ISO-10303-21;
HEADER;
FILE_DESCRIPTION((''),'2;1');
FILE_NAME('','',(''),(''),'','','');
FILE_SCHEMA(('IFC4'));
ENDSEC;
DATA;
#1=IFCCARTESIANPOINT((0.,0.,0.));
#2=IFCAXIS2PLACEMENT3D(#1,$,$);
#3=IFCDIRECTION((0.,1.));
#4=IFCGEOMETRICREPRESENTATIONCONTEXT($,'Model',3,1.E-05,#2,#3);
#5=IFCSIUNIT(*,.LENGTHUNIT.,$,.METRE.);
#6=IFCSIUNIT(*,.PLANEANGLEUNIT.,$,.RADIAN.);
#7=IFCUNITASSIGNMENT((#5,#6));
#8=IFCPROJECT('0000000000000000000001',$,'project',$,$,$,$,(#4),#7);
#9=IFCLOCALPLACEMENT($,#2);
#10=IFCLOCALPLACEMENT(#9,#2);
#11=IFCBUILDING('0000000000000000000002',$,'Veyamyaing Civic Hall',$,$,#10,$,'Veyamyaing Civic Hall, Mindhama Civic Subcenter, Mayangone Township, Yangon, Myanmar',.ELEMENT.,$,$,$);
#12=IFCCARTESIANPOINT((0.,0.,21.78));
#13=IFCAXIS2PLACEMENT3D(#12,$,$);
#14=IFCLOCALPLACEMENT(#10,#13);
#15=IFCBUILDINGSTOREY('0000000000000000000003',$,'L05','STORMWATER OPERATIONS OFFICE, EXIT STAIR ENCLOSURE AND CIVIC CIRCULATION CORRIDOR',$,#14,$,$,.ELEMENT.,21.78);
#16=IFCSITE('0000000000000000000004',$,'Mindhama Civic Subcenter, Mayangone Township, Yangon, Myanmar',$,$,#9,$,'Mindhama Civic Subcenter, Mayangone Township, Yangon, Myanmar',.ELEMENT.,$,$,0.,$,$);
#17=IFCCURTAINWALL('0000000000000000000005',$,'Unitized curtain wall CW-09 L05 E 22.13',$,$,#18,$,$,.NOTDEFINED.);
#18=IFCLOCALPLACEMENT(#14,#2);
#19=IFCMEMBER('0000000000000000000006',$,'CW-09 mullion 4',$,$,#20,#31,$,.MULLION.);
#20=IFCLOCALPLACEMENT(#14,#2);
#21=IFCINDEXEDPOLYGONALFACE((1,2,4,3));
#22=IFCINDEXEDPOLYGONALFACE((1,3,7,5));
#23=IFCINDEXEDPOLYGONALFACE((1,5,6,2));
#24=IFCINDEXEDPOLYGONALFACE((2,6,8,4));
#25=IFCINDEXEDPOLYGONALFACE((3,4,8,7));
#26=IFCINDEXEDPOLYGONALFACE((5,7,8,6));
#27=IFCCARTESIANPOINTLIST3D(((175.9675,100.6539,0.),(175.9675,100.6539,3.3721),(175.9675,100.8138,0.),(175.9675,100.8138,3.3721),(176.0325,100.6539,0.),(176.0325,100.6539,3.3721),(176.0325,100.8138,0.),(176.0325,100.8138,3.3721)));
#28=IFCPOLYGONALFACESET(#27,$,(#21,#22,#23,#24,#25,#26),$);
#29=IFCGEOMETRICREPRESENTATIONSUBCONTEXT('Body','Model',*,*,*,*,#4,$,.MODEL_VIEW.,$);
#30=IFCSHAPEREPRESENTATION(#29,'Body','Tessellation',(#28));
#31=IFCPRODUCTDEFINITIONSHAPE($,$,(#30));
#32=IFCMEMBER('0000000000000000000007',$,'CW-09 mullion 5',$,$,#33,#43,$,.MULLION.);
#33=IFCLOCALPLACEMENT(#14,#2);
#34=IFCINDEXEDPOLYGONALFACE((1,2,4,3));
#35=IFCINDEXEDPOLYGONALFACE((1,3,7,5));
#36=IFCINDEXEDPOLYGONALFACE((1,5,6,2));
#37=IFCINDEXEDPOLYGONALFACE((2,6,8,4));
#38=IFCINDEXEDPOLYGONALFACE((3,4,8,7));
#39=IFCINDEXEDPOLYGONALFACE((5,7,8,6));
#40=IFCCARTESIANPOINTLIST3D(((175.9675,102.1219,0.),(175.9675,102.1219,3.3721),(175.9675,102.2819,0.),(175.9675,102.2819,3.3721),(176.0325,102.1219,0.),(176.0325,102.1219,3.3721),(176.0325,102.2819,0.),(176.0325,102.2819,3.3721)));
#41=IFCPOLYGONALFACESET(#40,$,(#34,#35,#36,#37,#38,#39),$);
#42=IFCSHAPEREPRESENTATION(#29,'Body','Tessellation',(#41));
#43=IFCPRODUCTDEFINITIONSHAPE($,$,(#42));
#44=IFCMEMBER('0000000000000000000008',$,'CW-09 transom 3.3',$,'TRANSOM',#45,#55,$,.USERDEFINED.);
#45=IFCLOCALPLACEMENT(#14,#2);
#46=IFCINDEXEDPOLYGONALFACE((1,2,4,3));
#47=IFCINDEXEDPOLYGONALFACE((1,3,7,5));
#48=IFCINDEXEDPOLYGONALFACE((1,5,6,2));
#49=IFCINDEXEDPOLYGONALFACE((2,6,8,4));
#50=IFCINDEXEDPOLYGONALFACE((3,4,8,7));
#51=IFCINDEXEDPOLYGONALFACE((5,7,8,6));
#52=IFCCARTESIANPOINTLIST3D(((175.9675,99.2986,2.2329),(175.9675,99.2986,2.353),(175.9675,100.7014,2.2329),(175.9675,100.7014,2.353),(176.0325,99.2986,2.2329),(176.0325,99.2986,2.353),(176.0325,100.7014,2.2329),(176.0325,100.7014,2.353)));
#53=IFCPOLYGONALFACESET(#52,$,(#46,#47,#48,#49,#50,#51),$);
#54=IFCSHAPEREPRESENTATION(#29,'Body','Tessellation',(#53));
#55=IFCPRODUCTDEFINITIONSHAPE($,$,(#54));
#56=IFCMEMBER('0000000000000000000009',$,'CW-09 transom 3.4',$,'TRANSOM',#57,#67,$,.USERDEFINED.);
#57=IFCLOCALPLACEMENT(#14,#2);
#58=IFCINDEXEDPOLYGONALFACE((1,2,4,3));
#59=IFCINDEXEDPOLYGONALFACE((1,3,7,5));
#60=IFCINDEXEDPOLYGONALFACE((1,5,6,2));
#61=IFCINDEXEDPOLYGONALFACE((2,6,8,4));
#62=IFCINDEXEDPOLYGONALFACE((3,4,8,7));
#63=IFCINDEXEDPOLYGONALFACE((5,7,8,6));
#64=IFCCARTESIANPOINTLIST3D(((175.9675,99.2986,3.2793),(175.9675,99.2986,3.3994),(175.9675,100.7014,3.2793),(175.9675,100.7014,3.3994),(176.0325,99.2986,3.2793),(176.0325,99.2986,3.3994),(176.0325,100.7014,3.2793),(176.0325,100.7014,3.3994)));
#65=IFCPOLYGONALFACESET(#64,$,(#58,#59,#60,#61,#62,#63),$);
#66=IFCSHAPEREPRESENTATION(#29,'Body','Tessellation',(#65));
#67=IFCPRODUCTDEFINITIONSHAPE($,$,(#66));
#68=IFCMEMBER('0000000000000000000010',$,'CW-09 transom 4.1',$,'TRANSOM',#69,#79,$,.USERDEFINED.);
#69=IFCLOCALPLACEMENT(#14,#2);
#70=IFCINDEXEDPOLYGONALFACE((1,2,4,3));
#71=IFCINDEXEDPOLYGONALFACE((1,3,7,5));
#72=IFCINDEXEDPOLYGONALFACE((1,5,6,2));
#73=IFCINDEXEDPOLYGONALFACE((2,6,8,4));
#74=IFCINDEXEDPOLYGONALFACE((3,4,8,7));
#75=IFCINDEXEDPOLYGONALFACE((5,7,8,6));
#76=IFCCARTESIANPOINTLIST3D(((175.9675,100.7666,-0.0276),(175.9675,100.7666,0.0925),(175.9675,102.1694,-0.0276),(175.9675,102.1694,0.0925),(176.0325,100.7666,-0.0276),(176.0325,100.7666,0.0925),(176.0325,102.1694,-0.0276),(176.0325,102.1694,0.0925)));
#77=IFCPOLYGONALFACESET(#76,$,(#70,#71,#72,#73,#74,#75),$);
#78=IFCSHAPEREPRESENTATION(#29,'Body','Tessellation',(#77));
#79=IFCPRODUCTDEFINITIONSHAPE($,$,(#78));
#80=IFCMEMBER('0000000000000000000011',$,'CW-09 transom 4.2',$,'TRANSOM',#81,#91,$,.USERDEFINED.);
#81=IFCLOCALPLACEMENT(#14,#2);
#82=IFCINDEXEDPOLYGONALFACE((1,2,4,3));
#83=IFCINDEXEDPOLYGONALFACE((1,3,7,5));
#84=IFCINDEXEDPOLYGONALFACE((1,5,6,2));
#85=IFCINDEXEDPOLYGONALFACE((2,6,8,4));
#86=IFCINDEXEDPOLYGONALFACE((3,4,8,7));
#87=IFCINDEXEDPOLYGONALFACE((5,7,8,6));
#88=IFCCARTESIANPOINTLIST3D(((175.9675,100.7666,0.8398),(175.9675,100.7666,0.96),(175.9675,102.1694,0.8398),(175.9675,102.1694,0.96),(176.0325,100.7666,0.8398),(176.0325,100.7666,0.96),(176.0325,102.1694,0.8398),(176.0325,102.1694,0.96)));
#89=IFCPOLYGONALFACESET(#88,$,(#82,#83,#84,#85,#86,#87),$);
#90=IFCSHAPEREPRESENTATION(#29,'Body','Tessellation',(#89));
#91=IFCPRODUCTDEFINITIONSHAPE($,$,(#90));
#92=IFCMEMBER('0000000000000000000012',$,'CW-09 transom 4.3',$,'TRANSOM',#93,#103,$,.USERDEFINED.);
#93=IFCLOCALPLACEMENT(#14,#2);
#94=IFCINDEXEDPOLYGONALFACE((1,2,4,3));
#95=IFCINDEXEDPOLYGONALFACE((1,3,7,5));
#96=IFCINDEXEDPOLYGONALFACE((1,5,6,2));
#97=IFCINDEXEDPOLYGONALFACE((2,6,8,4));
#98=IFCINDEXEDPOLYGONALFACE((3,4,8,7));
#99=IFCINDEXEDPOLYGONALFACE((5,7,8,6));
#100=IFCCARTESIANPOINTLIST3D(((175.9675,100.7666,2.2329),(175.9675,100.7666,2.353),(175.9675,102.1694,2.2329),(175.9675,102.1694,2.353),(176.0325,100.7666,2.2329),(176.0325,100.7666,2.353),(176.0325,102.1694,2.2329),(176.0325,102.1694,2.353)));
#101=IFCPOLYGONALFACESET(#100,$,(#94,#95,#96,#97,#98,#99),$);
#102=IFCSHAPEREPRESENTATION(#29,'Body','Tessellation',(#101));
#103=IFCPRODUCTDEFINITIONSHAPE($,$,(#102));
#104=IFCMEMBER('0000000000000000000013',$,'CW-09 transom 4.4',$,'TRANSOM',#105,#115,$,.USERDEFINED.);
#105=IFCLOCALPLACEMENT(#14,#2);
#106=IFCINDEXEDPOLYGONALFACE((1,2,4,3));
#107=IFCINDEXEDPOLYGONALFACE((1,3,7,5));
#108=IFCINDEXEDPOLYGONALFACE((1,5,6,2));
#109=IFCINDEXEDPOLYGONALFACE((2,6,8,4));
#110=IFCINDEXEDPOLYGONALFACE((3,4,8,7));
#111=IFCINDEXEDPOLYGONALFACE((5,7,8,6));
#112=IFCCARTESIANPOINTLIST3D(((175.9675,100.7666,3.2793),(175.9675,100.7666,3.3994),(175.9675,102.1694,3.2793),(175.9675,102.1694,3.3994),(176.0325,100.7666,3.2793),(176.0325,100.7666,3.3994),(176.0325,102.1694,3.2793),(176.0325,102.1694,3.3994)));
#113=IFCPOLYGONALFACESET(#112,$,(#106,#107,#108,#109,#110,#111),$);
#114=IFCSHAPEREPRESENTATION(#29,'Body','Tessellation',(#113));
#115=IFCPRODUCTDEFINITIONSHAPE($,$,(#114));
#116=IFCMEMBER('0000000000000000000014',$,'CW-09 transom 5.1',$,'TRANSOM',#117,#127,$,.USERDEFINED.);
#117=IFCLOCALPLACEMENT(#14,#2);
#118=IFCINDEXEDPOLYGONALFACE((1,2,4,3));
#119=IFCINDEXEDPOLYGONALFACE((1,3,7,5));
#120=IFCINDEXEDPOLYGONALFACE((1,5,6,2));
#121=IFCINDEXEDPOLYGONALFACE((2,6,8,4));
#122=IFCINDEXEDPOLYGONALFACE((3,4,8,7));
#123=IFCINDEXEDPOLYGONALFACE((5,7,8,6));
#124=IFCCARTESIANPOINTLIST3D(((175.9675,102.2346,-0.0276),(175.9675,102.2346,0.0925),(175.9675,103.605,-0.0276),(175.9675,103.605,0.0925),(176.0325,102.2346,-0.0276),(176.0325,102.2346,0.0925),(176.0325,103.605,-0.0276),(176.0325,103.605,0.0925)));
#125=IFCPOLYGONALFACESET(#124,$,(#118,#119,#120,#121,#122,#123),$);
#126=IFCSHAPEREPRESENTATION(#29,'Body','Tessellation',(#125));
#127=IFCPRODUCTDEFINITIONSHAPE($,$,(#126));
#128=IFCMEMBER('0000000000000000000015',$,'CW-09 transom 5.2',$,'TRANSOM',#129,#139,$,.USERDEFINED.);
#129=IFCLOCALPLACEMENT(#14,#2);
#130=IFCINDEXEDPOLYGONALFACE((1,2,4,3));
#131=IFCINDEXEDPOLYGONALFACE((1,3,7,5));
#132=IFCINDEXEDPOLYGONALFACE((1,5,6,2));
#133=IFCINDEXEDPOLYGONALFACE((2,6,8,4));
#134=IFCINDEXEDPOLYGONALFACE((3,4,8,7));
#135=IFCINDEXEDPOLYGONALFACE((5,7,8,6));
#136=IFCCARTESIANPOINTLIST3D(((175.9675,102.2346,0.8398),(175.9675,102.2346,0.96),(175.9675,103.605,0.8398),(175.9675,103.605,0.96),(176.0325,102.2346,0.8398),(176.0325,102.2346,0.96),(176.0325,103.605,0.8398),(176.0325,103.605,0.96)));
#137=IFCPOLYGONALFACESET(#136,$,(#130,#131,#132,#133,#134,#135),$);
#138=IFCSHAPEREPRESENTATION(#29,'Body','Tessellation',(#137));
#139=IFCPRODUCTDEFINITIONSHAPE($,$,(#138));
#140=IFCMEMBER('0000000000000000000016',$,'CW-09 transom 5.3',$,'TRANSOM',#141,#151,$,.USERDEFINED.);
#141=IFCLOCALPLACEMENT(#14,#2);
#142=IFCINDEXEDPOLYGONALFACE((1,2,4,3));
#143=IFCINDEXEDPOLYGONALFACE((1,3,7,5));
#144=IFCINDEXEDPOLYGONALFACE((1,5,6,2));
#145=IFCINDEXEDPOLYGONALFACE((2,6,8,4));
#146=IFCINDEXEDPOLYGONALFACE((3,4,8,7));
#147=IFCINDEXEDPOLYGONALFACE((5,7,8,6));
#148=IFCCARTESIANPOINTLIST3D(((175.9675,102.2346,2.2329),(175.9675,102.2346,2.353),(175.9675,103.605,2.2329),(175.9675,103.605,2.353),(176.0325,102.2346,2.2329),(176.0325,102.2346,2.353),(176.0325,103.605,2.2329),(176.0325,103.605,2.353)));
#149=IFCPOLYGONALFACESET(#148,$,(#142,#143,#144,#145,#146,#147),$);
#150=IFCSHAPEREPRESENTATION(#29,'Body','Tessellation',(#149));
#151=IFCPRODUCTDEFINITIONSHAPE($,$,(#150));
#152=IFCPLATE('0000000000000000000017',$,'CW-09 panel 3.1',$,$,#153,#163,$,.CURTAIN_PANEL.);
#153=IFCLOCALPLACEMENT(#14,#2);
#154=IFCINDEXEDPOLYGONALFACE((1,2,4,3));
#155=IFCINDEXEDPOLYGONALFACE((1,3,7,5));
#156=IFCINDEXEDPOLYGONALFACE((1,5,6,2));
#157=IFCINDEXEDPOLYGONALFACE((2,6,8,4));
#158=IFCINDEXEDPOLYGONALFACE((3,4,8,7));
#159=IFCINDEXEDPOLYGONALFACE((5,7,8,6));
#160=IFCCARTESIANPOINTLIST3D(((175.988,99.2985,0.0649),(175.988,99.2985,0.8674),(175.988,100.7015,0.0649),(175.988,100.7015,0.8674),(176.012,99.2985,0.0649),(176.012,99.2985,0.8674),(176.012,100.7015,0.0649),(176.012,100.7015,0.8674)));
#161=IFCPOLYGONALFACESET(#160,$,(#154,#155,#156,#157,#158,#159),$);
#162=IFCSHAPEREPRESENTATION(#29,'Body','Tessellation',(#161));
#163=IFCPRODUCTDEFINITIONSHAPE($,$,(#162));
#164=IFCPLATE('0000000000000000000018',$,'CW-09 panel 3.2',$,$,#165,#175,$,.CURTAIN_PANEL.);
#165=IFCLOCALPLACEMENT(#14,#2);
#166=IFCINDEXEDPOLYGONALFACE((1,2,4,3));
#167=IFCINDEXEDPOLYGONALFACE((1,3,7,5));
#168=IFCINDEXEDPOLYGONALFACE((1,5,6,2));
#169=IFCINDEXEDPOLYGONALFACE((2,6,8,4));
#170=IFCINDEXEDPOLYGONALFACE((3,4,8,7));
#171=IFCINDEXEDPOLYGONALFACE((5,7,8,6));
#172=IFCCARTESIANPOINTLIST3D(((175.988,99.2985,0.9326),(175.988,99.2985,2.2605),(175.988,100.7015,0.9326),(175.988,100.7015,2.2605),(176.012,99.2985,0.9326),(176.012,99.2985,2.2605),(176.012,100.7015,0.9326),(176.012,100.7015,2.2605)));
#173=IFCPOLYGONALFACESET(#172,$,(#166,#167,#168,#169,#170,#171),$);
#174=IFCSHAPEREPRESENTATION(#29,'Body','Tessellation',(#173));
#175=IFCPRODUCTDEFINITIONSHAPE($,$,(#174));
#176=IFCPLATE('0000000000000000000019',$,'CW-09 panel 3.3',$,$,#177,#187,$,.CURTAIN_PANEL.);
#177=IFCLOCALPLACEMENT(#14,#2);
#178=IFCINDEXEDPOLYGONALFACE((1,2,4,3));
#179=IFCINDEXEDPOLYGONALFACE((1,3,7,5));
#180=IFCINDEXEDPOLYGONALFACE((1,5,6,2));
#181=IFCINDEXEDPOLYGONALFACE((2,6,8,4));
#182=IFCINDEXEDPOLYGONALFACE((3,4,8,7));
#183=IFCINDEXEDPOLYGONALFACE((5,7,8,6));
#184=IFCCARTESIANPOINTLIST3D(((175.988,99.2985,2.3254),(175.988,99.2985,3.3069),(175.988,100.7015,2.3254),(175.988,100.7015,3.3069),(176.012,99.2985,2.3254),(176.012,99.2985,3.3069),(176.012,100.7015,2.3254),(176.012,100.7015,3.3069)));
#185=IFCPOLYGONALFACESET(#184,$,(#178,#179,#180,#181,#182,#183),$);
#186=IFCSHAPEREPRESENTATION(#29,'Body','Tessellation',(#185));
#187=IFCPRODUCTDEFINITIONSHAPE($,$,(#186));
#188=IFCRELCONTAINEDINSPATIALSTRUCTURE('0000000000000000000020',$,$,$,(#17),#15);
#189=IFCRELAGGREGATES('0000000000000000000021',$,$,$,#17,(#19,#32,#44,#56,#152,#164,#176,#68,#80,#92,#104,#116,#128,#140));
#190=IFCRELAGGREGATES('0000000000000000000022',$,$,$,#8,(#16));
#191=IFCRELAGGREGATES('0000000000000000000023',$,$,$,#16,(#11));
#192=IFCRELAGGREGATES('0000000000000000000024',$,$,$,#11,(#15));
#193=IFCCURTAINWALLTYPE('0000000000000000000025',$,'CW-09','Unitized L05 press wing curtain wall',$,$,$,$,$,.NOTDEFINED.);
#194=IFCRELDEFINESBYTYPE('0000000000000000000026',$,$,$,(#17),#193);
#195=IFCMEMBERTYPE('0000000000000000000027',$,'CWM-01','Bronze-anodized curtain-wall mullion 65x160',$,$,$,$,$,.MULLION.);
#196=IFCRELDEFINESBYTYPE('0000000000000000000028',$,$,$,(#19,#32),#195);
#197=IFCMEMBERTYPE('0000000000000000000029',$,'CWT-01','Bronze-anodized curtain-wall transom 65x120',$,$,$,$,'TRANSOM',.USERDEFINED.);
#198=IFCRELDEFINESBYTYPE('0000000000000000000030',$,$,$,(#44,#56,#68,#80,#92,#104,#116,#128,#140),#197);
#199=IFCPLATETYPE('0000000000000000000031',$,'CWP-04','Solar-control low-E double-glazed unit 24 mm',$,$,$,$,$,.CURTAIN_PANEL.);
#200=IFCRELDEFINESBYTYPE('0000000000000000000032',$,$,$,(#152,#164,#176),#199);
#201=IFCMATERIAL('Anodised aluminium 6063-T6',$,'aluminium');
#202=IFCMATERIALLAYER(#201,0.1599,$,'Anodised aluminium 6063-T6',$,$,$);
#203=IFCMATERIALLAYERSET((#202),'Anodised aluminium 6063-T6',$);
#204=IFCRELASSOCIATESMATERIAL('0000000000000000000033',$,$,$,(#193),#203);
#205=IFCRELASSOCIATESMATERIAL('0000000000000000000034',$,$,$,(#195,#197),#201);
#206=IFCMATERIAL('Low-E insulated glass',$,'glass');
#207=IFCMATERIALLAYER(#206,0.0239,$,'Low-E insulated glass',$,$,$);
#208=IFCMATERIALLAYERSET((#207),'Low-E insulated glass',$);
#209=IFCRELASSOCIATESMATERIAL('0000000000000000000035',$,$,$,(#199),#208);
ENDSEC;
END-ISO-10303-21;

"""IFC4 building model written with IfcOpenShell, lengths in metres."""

from ifc_helpers import new_model, si_unit, direction, frame, origin, origin_2d, place, context, subcontext, project, spatial, rectangle, extrude, material, layer, layer_set, material_profile, profile_set, type_object, element, aggregate, save


model = new_model("IFC4")

# Units and contexts
model_context = context("Model", 3, precision=1e-05, world=origin(), true_north=direction((0.0, 1.0)))
body_context = subcontext(model_context, "Body", "Model", "MODEL_VIEW")
ifc_project = project(units=[si_unit("LENGTHUNIT", "METRE"), si_unit("PLANEANGLEUNIT", "RADIAN")], contexts=[model_context])

# Site, building, storey
site_placement = place(None, origin())
site = spatial("IfcSite", under=ifc_project, at=site_placement, Name="Mindhama Civic Subcenter, Mayangone Township, Yangon, Myanmar", LongName="Mindhama Civic Subcenter, Mayangone Township, Yangon, Myanmar", CompositionType="ELEMENT", RefElevation=0.0)
building_placement = place(site_placement, origin())
building = spatial("IfcBuilding", under=site, at=building_placement, Name="Veyamyaing Civic Hall", LongName="Veyamyaing Civic Hall, Mindhama Civic Subcenter, Mayangone Township, Yangon, Myanmar", CompositionType="ELEMENT")
storey_placement = place(building_placement, frame((0.0, 0.0, 21.78)))
storey = spatial("IfcBuildingStorey", under=building, at=storey_placement, Name="L05", Description="STORMWATER OPERATIONS OFFICE, EXIT STAIR ENCLOSURE AND CIVIC CIRCULATION CORRIDOR", CompositionType="ELEMENT", Elevation=21.78)

# Curtain wall, members, plates
ifc_material_1 = material(Name="Anodised aluminium 6063-T6", Category="aluminium")
ifc_layer_1 = layer(ifc_material_1, 0.1599, Name="Anodised aluminium 6063-T6")
ifc_layer_set_1 = layer_set([ifc_layer_1], Name="Anodised aluminium 6063-T6")
curtain_wall_type = type_object("IfcCurtainWallType", Name="CW-09", Description="Unitized L05 press wing curtain wall", PredefinedType="NOTDEFINED", material=ifc_layer_set_1)
curtain_wall_placement = place(storey_placement, origin())
curtain_wall = element("IfcCurtainWall", 1, at=curtain_wall_placement, inside=storey, type_object=curtain_wall_type, Name="Unitized curtain wall CW-09 L05 E 22.13", PredefinedType="NOTDEFINED")
ifc_material_profile_1 = material_profile(ifc_material_1, rectangle(XDim=0.0649, YDim=0.1599, at=origin_2d()), Name="ALU-MUL-65X160")
ifc_profile_set_1 = profile_set([ifc_material_profile_1], Name="Anodised aluminium 6063-T6")
member_type_1 = type_object("IfcMemberType", Name="CWM-01", Description="Bronze-anodized curtain-wall mullion 65x160", PredefinedType="MULLION", material=ifc_profile_set_1)
member_1_placement = place(storey_placement, frame((176.0, 100.7339, 0.0), z_axis=(0.0, 0.0, 1.0), x_axis=(-1.0, 0.0, 0.0)))
member_1 = element("IfcMember", 2, at=member_1_placement, type_object=member_type_1, Name="CW-09 mullion 4", PredefinedType="MULLION", context=body_context, shape_type="SweptSolid", body=[
    extrude(rectangle(XDim=0.0649, YDim=0.1599, at=origin_2d()), origin(), (0.0, 0.0, 1.0), 3.3721),
])
member_2_placement = place(storey_placement, frame((176.0, 102.2019, 0.0), z_axis=(0.0, 0.0, 1.0), x_axis=(-1.0, 0.0, 0.0)))
member_2 = element("IfcMember", 3, at=member_2_placement, type_object=member_type_1, Name="CW-09 mullion 5", PredefinedType="MULLION", context=body_context, shape_type="SweptSolid", body=[
    extrude(rectangle(XDim=0.0649, YDim=0.1599, at=origin_2d()), origin(), (0.0, 0.0, 1.0), 3.3721),
])
ifc_material_profile_2 = material_profile(ifc_material_1, rectangle(XDim=0.0649, YDim=0.1201, at=origin_2d()), Name="ALU-TRN-65X120")
ifc_profile_set_2 = profile_set([ifc_material_profile_2], Name="Anodised aluminium 6063-T6")
member_type_2 = type_object("IfcMemberType", Name="CWT-01", Description="Bronze-anodized curtain-wall transom 65x120", ElementType="TRANSOM", PredefinedType="USERDEFINED", material=ifc_profile_set_2)
member_3_placement = place(storey_placement, frame((176.0, 99.2986, 2.293), z_axis=(0.0, 1.0, 0.0), x_axis=(-1.0, 0.0, 0.0)))
member_3 = element("IfcMember", 4, at=member_3_placement, type_object=member_type_2, Name="CW-09 transom 3.3", ObjectType="TRANSOM", PredefinedType="USERDEFINED", context=body_context, shape_type="SweptSolid", body=[
    extrude(rectangle(XDim=0.0649, YDim=0.1201, at=origin_2d()), origin(), (0.0, 0.0, 1.0), 1.4028),
])
member_4_placement = place(storey_placement, frame((176.0, 99.2986, 3.3394), z_axis=(0.0, 1.0, 0.0), x_axis=(-1.0, 0.0, 0.0)))
member_4 = element("IfcMember", 5, at=member_4_placement, type_object=member_type_2, Name="CW-09 transom 3.4", ObjectType="TRANSOM", PredefinedType="USERDEFINED", context=body_context, shape_type="SweptSolid", body=[
    extrude(rectangle(XDim=0.0649, YDim=0.1201, at=origin_2d()), origin(), (0.0, 0.0, 1.0), 1.4028),
])
member_5_placement = place(storey_placement, frame((176.0, 100.7666, 0.0325), z_axis=(0.0, 1.0, 0.0), x_axis=(-1.0, 0.0, 0.0)))
member_5 = element("IfcMember", 6, at=member_5_placement, type_object=member_type_2, Name="CW-09 transom 4.1", ObjectType="TRANSOM", PredefinedType="USERDEFINED", context=body_context, shape_type="SweptSolid", body=[
    extrude(rectangle(XDim=0.0649, YDim=0.1201, at=origin_2d()), origin(), (0.0, 0.0, 1.0), 1.4028),
])
member_6_placement = place(storey_placement, frame((176.0, 100.7666, 0.8999), z_axis=(0.0, 1.0, 0.0), x_axis=(-1.0, 0.0, 0.0)))
member_6 = element("IfcMember", 7, at=member_6_placement, type_object=member_type_2, Name="CW-09 transom 4.2", ObjectType="TRANSOM", PredefinedType="USERDEFINED", context=body_context, shape_type="SweptSolid", body=[
    extrude(rectangle(XDim=0.0649, YDim=0.1201, at=origin_2d()), origin(), (0.0, 0.0, 1.0), 1.4028),
])
member_7_placement = place(storey_placement, frame((176.0, 100.7666, 2.293), z_axis=(0.0, 1.0, 0.0), x_axis=(-1.0, 0.0, 0.0)))
member_7 = element("IfcMember", 8, at=member_7_placement, type_object=member_type_2, Name="CW-09 transom 4.3", ObjectType="TRANSOM", PredefinedType="USERDEFINED", context=body_context, shape_type="SweptSolid", body=[
    extrude(rectangle(XDim=0.0649, YDim=0.1201, at=origin_2d()), origin(), (0.0, 0.0, 1.0), 1.4028),
])
member_8_placement = place(storey_placement, frame((176.0, 100.7666, 3.3394), z_axis=(0.0, 1.0, 0.0), x_axis=(-1.0, 0.0, 0.0)))
member_8 = element("IfcMember", 9, at=member_8_placement, type_object=member_type_2, Name="CW-09 transom 4.4", ObjectType="TRANSOM", PredefinedType="USERDEFINED", context=body_context, shape_type="SweptSolid", body=[
    extrude(rectangle(XDim=0.0649, YDim=0.1201, at=origin_2d()), origin(), (0.0, 0.0, 1.0), 1.4028),
])
member_9_placement = place(storey_placement, frame((176.0, 102.2346, 0.0325), z_axis=(0.0, 1.0, 0.0), x_axis=(-1.0, 0.0, 0.0)))
member_9 = element("IfcMember", 10, at=member_9_placement, type_object=member_type_2, Name="CW-09 transom 5.1", ObjectType="TRANSOM", PredefinedType="USERDEFINED", context=body_context, shape_type="SweptSolid", body=[
    extrude(rectangle(XDim=0.0649, YDim=0.1201, at=origin_2d()), origin(), (0.0, 0.0, 1.0), 1.3704),
])
member_10_placement = place(storey_placement, frame((176.0, 102.2346, 0.8999), z_axis=(0.0, 1.0, 0.0), x_axis=(-1.0, 0.0, 0.0)))
member_10 = element("IfcMember", 11, at=member_10_placement, type_object=member_type_2, Name="CW-09 transom 5.2", ObjectType="TRANSOM", PredefinedType="USERDEFINED", context=body_context, shape_type="SweptSolid", body=[
    extrude(rectangle(XDim=0.0649, YDim=0.1201, at=origin_2d()), origin(), (0.0, 0.0, 1.0), 1.3704),
])
member_11_placement = place(storey_placement, frame((176.0, 102.2346, 2.293), z_axis=(0.0, 1.0, 0.0), x_axis=(-1.0, 0.0, 0.0)))
member_11 = element("IfcMember", 12, at=member_11_placement, type_object=member_type_2, Name="CW-09 transom 5.3", ObjectType="TRANSOM", PredefinedType="USERDEFINED", context=body_context, shape_type="SweptSolid", body=[
    extrude(rectangle(XDim=0.0649, YDim=0.1201, at=origin_2d()), origin(), (0.0, 0.0, 1.0), 1.3704),
])
ifc_material_2 = material(Name="Low-E insulated glass", Category="glass")
ifc_layer_2 = layer(ifc_material_2, 0.0239, Name="Low-E insulated glass")
ifc_layer_set_2 = layer_set([ifc_layer_2], Name="Low-E insulated glass")
plate_type = type_object("IfcPlateType", Name="CWP-04", Description="Solar-control low-E double-glazed unit 24 mm", PredefinedType="CURTAIN_PANEL", material=ifc_layer_set_2)
plate_1_placement = place(storey_placement, frame((176.0, 100.0, 0.0649), z_axis=(0.0, 0.0, 1.0), x_axis=(0.0, 1.0, 0.0)))
plate_1 = element("IfcPlate", 13, at=plate_1_placement, type_object=plate_type, Name="CW-09 panel 3.1", PredefinedType="CURTAIN_PANEL", context=body_context, shape_type="SweptSolid", body=[
    extrude(rectangle(XDim=1.4031, YDim=0.0239, at=origin_2d()), origin(), (0.0, 0.0, 1.0), 0.8025),
])
plate_2_placement = place(storey_placement, frame((176.0, 100.0, 0.9326), z_axis=(0.0, 0.0, 1.0), x_axis=(0.0, 1.0, 0.0)))
plate_2 = element("IfcPlate", 14, at=plate_2_placement, type_object=plate_type, Name="CW-09 panel 3.2", PredefinedType="CURTAIN_PANEL", context=body_context, shape_type="SweptSolid", body=[
    extrude(rectangle(XDim=1.4031, YDim=0.0239, at=origin_2d()), origin(), (0.0, 0.0, 1.0), 1.3279),
])
plate_3_placement = place(storey_placement, frame((176.0, 100.0, 2.3254), z_axis=(0.0, 0.0, 1.0), x_axis=(0.0, 1.0, 0.0)))
plate_3 = element("IfcPlate", 15, at=plate_3_placement, type_object=plate_type, Name="CW-09 panel 3.3", PredefinedType="CURTAIN_PANEL", context=body_context, shape_type="SweptSolid", body=[
    extrude(rectangle(XDim=1.4031, YDim=0.0239, at=origin_2d()), origin(), (0.0, 0.0, 1.0), 0.9814),
])
aggregate(curtain_wall, [member_1, member_2, member_3, member_4, plate_1, plate_2, plate_3, member_5, member_6, member_7, member_8, member_9, member_10, member_11])

save(model, "model.ifc")
